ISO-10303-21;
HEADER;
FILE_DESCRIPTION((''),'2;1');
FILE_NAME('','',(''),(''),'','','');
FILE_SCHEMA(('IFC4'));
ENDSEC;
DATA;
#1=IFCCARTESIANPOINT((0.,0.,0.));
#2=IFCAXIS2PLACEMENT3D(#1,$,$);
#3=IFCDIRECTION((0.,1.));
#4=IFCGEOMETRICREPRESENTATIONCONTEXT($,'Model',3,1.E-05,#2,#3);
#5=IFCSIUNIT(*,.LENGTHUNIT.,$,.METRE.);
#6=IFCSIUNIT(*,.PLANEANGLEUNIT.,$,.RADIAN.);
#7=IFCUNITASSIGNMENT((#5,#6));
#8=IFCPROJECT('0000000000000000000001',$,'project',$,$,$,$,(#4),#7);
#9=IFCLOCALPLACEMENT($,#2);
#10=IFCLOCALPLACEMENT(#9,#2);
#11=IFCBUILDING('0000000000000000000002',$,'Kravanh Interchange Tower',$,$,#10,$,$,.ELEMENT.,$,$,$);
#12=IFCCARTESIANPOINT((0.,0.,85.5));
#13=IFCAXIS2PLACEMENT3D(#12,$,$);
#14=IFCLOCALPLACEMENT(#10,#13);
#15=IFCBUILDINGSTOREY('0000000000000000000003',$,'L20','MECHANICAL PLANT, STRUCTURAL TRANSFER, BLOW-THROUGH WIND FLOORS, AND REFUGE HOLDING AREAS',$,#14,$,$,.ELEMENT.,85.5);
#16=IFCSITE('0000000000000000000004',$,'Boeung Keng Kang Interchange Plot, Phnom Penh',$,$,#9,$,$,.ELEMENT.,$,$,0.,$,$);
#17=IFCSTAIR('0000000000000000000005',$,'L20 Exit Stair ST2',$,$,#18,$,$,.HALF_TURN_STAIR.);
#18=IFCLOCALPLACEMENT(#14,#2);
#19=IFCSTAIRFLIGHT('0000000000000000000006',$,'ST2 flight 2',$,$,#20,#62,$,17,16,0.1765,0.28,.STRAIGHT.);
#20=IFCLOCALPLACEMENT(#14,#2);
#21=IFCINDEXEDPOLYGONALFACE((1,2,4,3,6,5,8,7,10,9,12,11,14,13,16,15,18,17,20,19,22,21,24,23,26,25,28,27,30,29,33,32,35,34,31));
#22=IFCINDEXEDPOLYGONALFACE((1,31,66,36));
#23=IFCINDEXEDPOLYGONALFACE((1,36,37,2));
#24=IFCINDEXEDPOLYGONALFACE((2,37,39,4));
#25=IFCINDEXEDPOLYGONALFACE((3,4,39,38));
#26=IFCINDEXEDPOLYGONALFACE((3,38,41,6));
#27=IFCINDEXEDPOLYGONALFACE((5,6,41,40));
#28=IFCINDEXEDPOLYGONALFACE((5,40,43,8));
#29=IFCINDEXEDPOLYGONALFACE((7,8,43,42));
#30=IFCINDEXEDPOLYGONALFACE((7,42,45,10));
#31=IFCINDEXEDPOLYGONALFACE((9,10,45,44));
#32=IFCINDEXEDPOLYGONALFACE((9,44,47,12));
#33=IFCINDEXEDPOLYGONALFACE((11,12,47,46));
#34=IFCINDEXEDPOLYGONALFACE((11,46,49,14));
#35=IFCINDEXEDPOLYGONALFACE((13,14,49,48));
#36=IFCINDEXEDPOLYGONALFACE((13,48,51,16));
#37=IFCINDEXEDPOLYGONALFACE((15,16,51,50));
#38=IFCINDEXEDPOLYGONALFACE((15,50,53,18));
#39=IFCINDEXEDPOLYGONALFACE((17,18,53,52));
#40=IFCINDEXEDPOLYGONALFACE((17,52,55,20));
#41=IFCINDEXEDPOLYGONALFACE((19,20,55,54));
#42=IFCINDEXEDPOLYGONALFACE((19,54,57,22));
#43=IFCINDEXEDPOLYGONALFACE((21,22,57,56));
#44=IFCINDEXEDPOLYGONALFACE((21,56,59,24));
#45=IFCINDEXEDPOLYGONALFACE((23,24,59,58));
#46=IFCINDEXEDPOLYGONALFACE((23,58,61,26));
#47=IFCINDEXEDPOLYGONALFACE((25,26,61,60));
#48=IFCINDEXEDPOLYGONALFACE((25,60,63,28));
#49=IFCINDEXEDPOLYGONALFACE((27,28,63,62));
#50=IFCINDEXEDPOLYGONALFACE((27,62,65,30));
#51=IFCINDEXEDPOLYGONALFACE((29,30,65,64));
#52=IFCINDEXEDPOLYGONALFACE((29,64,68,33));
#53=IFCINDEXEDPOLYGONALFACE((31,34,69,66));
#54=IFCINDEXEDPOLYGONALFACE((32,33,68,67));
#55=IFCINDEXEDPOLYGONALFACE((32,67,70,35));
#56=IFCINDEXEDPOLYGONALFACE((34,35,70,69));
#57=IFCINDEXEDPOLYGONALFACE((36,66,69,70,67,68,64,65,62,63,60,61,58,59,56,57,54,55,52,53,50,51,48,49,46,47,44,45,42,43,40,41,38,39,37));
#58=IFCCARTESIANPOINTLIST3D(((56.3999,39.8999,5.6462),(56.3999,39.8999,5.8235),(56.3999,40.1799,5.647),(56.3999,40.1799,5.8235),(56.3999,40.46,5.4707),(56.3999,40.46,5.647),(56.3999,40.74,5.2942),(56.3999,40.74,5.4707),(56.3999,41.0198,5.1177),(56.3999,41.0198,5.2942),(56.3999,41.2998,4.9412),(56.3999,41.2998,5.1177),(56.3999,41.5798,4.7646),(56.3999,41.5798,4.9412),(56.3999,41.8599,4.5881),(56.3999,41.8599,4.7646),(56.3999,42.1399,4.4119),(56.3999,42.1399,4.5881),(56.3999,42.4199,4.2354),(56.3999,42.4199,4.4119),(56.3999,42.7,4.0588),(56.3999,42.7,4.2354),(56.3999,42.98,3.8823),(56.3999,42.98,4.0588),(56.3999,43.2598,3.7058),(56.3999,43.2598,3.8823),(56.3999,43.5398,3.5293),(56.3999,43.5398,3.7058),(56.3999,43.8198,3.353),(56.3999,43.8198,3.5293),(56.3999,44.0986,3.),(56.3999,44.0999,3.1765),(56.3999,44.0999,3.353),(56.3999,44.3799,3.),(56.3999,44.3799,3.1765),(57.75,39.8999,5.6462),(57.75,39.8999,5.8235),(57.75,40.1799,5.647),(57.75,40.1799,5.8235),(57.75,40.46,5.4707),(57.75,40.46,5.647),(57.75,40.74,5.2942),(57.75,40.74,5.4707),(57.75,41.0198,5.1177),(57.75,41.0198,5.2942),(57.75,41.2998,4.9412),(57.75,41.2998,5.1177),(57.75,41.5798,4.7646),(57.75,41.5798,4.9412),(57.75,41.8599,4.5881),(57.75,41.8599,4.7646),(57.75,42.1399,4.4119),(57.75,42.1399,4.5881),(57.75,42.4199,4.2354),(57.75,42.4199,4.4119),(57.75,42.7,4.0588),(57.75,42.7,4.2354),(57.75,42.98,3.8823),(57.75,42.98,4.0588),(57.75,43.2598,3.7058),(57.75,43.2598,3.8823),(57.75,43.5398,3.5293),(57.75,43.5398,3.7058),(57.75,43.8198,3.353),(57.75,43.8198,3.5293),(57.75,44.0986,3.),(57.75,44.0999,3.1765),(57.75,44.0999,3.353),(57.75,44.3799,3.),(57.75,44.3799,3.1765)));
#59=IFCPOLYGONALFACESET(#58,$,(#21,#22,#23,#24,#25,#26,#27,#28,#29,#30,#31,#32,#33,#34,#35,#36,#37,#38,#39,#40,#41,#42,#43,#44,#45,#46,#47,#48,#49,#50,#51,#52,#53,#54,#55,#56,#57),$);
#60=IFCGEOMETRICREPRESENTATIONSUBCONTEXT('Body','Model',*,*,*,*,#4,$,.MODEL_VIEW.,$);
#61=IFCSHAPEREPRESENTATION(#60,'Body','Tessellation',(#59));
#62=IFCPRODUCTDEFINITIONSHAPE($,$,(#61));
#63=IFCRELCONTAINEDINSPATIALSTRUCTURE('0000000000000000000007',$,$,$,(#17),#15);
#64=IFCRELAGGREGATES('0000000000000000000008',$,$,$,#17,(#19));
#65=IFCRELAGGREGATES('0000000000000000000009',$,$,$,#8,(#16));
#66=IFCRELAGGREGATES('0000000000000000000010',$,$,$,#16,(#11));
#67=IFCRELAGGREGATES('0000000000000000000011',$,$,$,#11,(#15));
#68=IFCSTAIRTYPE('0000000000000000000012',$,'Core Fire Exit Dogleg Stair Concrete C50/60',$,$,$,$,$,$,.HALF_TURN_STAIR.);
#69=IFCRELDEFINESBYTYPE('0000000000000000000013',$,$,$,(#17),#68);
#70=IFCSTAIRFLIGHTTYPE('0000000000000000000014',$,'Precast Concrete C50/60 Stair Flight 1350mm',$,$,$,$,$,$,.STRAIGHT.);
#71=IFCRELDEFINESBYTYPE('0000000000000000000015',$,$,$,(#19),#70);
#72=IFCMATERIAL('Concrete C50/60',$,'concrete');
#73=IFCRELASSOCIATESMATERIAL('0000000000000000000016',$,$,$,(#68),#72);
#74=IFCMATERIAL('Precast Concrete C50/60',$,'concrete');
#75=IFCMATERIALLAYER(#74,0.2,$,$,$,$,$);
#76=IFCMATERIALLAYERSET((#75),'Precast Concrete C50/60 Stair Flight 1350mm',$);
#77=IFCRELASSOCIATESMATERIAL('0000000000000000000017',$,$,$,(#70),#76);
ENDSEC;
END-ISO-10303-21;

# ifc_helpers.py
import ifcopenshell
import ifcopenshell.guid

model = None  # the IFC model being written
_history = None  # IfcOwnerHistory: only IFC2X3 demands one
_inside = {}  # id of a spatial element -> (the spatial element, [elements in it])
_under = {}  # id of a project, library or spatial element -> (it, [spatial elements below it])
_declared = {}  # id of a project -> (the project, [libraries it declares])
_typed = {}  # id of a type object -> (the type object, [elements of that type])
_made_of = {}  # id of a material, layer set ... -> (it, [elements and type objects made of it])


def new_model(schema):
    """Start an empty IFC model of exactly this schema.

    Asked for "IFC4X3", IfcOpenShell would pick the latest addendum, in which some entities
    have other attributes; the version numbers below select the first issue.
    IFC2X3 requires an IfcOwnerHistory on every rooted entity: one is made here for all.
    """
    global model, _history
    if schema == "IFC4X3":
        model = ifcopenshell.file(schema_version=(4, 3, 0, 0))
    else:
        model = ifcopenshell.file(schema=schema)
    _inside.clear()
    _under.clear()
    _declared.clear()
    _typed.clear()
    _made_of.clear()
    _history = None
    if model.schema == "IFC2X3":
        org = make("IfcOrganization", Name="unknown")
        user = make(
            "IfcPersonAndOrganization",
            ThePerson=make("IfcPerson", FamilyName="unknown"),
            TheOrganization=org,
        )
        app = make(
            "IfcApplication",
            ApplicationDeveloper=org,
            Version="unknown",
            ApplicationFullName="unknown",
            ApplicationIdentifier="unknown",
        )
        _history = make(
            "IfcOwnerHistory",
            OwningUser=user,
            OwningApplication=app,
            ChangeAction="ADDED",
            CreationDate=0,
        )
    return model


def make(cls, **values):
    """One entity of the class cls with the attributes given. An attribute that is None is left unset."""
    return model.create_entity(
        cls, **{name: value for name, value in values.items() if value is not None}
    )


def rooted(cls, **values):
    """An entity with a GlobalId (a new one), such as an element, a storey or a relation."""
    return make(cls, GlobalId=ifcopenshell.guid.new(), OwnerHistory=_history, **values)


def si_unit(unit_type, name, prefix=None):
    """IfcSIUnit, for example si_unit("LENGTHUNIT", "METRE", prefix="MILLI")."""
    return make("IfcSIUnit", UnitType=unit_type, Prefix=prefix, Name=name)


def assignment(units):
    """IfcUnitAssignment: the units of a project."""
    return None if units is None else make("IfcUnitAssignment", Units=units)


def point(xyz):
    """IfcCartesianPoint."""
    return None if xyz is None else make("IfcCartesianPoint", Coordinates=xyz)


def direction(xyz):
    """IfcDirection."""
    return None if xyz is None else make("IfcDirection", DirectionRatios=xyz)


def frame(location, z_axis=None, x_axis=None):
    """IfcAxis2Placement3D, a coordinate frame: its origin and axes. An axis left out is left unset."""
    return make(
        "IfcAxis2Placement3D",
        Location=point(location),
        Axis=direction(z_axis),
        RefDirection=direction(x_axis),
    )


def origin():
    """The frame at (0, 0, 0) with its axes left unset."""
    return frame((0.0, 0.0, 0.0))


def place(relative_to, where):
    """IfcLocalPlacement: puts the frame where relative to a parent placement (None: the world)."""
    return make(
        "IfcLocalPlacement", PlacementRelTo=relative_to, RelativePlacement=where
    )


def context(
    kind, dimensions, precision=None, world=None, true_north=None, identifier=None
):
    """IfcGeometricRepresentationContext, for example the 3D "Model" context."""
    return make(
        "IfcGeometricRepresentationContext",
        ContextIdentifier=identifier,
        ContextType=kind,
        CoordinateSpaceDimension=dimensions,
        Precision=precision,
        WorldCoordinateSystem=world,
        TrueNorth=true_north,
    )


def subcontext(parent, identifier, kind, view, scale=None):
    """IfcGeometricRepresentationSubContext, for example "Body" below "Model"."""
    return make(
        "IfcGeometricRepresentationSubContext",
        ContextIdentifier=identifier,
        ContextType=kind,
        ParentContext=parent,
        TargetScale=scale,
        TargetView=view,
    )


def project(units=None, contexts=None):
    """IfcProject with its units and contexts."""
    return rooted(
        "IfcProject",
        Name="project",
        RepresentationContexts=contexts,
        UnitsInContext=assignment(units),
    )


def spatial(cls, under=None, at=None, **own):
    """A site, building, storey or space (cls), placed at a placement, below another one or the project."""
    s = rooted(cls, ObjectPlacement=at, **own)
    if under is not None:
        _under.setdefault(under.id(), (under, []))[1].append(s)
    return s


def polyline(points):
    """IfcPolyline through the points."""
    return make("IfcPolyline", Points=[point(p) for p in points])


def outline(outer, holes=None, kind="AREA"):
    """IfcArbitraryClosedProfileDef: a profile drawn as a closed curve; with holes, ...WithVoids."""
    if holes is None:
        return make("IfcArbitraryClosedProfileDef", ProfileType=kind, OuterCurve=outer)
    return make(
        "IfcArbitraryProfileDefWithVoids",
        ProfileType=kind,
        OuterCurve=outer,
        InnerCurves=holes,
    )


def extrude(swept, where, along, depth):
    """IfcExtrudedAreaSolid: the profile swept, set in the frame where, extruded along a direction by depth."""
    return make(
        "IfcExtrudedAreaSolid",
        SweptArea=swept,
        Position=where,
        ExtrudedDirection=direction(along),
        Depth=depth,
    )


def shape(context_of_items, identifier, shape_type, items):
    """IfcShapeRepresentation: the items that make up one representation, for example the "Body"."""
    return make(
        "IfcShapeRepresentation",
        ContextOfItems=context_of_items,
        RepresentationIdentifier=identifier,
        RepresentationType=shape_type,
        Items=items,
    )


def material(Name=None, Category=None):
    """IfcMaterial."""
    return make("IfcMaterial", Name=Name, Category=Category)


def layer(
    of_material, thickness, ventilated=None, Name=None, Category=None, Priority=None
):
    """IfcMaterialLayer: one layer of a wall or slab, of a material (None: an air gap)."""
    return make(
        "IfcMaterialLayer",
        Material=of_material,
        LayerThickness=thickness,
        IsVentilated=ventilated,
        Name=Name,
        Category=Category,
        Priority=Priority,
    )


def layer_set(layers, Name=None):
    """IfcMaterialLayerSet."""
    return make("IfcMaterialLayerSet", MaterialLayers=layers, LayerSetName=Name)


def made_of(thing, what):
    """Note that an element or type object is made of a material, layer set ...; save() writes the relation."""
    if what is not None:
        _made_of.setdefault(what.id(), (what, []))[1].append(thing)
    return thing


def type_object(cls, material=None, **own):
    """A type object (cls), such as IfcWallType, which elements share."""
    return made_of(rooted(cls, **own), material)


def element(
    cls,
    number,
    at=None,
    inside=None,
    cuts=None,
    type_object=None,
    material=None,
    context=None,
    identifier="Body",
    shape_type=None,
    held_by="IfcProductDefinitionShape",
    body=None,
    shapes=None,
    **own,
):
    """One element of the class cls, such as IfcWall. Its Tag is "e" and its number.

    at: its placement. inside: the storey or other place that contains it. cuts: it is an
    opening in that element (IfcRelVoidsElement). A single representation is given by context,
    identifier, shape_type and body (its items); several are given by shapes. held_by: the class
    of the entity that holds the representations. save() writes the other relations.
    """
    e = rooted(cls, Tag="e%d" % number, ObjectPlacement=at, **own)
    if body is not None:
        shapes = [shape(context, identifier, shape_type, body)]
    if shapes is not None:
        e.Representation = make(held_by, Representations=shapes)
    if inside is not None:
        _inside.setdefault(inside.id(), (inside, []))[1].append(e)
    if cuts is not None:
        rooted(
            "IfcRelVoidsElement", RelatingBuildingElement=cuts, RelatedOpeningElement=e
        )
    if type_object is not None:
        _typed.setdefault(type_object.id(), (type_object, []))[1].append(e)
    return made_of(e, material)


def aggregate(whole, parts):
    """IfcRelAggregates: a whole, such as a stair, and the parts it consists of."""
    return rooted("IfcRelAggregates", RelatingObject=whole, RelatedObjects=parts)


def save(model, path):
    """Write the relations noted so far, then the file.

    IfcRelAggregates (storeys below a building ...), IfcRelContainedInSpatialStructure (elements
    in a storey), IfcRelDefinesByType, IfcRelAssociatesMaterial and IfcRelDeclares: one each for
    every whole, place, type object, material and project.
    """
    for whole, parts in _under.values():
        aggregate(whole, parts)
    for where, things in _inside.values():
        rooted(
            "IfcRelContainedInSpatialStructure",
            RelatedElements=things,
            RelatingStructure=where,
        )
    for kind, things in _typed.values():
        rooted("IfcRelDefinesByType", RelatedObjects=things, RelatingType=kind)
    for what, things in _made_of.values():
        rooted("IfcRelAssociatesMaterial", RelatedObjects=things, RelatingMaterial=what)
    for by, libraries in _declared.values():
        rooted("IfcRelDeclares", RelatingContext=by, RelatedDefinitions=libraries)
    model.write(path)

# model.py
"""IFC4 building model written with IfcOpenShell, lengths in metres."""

from ifc_helpers import new_model, si_unit, direction, frame, origin, place, context, subcontext, project, spatial, polyline, outline, extrude, material, layer, layer_set, type_object, element, aggregate, save


model = new_model("IFC4")

# Units and contexts
model_context = context("Model", 3, precision=1e-05, world=origin(), true_north=direction((0.0, 1.0)))
body_context = subcontext(model_context, "Body", "Model", "MODEL_VIEW")
ifc_project = project(units=[si_unit("LENGTHUNIT", "METRE"), si_unit("PLANEANGLEUNIT", "RADIAN")], contexts=[model_context])

# Site, building, storey
site_placement = place(None, origin())
site = spatial("IfcSite", under=ifc_project, at=site_placement, Name="Boeung Keng Kang Interchange Plot, Phnom Penh", CompositionType="ELEMENT", RefElevation=0.0)
building_placement = place(site_placement, origin())
building = spatial("IfcBuilding", under=site, at=building_placement, Name="Kravanh Interchange Tower", CompositionType="ELEMENT")
storey_placement = place(building_placement, frame((0.0, 0.0, 85.5)))
storey = spatial("IfcBuildingStorey", under=building, at=storey_placement, Name="L20", Description="MECHANICAL PLANT, STRUCTURAL TRANSFER, BLOW-THROUGH WIND FLOORS, AND REFUGE HOLDING AREAS", CompositionType="ELEMENT", Elevation=85.5)

# Stair, stair flight
ifc_material_1 = material(Name="Concrete C50/60", Category="concrete")
stair_type = type_object("IfcStairType", Name="Core Fire Exit Dogleg Stair Concrete C50/60", PredefinedType="HALF_TURN_STAIR", material=ifc_material_1)
stair_placement = place(storey_placement, origin())
stair = element("IfcStair", 1, at=stair_placement, inside=storey, type_object=stair_type, Name="L20 Exit Stair ST2", PredefinedType="HALF_TURN_STAIR")
ifc_material_2 = material(Name="Precast Concrete C50/60", Category="concrete")
ifc_layer_1 = layer(ifc_material_2, 0.2)
ifc_layer_set_1 = layer_set([ifc_layer_1], Name="Precast Concrete C50/60 Stair Flight 1350mm")
stair_flight_type = type_object("IfcStairFlightType", Name="Precast Concrete C50/60 Stair Flight 1350mm", PredefinedType="STRAIGHT", material=ifc_layer_set_1)
stair_flight_1_placement = place(storey_placement, frame((57.075, 44.3799, 3.0), z_axis=(0.0, 0.0, 1.0), x_axis=(0.0, -1.0, 0.0)))
stair_flight_1 = element("IfcStairFlight", 2, at=stair_flight_1_placement, type_object=stair_flight_type, Name="ST2 flight 2", NumberOfRisers=17, NumberOfTreads=16, PredefinedType="STRAIGHT", RiserHeight=0.1765, TreadLength=0.28, context=body_context, shape_type="SweptSolid", body=[
    extrude(outline(polyline([(0.0, 0.0), (0.0, 0.1765), (0.28, 0.1765), (0.28, 0.353), (0.5601, 0.353), (0.5601, 0.5293), (0.8401, 0.5293), (0.8401, 0.7058), (1.1201, 0.7058), (1.1201, 0.8823), (1.3999, 0.8823), (1.3999, 1.0588), (1.6799, 1.0588), (1.6799, 1.2354), (1.96, 1.2354), (1.96, 1.4119), (2.24, 1.4119), (2.24, 1.5881), (2.52, 1.5881), (2.52, 1.7646), (2.8, 1.7646), (2.8, 1.9412), (3.0801, 1.9412), (3.0801, 2.1177), (3.3601, 2.1177), (3.3601, 2.2942), (3.6399, 2.2942), (3.6399, 2.4707), (3.9199, 2.4707), (3.9199, 2.647), (4.2, 2.647), (4.2, 2.8235), (4.48, 2.8235), (4.48, 3.0), (4.48, 2.6462), (0.2812, 0.0), (0.0, 0.0)])), frame((0.0, 0.675, 0.0), z_axis=(0.0, -1.0, 0.0), x_axis=(1.0, 0.0, 0.0)), (0.0, 0.0, 1.0), 1.3501),
])
aggregate(stair, [stair_flight_1])

save(model, "model.ifc")
